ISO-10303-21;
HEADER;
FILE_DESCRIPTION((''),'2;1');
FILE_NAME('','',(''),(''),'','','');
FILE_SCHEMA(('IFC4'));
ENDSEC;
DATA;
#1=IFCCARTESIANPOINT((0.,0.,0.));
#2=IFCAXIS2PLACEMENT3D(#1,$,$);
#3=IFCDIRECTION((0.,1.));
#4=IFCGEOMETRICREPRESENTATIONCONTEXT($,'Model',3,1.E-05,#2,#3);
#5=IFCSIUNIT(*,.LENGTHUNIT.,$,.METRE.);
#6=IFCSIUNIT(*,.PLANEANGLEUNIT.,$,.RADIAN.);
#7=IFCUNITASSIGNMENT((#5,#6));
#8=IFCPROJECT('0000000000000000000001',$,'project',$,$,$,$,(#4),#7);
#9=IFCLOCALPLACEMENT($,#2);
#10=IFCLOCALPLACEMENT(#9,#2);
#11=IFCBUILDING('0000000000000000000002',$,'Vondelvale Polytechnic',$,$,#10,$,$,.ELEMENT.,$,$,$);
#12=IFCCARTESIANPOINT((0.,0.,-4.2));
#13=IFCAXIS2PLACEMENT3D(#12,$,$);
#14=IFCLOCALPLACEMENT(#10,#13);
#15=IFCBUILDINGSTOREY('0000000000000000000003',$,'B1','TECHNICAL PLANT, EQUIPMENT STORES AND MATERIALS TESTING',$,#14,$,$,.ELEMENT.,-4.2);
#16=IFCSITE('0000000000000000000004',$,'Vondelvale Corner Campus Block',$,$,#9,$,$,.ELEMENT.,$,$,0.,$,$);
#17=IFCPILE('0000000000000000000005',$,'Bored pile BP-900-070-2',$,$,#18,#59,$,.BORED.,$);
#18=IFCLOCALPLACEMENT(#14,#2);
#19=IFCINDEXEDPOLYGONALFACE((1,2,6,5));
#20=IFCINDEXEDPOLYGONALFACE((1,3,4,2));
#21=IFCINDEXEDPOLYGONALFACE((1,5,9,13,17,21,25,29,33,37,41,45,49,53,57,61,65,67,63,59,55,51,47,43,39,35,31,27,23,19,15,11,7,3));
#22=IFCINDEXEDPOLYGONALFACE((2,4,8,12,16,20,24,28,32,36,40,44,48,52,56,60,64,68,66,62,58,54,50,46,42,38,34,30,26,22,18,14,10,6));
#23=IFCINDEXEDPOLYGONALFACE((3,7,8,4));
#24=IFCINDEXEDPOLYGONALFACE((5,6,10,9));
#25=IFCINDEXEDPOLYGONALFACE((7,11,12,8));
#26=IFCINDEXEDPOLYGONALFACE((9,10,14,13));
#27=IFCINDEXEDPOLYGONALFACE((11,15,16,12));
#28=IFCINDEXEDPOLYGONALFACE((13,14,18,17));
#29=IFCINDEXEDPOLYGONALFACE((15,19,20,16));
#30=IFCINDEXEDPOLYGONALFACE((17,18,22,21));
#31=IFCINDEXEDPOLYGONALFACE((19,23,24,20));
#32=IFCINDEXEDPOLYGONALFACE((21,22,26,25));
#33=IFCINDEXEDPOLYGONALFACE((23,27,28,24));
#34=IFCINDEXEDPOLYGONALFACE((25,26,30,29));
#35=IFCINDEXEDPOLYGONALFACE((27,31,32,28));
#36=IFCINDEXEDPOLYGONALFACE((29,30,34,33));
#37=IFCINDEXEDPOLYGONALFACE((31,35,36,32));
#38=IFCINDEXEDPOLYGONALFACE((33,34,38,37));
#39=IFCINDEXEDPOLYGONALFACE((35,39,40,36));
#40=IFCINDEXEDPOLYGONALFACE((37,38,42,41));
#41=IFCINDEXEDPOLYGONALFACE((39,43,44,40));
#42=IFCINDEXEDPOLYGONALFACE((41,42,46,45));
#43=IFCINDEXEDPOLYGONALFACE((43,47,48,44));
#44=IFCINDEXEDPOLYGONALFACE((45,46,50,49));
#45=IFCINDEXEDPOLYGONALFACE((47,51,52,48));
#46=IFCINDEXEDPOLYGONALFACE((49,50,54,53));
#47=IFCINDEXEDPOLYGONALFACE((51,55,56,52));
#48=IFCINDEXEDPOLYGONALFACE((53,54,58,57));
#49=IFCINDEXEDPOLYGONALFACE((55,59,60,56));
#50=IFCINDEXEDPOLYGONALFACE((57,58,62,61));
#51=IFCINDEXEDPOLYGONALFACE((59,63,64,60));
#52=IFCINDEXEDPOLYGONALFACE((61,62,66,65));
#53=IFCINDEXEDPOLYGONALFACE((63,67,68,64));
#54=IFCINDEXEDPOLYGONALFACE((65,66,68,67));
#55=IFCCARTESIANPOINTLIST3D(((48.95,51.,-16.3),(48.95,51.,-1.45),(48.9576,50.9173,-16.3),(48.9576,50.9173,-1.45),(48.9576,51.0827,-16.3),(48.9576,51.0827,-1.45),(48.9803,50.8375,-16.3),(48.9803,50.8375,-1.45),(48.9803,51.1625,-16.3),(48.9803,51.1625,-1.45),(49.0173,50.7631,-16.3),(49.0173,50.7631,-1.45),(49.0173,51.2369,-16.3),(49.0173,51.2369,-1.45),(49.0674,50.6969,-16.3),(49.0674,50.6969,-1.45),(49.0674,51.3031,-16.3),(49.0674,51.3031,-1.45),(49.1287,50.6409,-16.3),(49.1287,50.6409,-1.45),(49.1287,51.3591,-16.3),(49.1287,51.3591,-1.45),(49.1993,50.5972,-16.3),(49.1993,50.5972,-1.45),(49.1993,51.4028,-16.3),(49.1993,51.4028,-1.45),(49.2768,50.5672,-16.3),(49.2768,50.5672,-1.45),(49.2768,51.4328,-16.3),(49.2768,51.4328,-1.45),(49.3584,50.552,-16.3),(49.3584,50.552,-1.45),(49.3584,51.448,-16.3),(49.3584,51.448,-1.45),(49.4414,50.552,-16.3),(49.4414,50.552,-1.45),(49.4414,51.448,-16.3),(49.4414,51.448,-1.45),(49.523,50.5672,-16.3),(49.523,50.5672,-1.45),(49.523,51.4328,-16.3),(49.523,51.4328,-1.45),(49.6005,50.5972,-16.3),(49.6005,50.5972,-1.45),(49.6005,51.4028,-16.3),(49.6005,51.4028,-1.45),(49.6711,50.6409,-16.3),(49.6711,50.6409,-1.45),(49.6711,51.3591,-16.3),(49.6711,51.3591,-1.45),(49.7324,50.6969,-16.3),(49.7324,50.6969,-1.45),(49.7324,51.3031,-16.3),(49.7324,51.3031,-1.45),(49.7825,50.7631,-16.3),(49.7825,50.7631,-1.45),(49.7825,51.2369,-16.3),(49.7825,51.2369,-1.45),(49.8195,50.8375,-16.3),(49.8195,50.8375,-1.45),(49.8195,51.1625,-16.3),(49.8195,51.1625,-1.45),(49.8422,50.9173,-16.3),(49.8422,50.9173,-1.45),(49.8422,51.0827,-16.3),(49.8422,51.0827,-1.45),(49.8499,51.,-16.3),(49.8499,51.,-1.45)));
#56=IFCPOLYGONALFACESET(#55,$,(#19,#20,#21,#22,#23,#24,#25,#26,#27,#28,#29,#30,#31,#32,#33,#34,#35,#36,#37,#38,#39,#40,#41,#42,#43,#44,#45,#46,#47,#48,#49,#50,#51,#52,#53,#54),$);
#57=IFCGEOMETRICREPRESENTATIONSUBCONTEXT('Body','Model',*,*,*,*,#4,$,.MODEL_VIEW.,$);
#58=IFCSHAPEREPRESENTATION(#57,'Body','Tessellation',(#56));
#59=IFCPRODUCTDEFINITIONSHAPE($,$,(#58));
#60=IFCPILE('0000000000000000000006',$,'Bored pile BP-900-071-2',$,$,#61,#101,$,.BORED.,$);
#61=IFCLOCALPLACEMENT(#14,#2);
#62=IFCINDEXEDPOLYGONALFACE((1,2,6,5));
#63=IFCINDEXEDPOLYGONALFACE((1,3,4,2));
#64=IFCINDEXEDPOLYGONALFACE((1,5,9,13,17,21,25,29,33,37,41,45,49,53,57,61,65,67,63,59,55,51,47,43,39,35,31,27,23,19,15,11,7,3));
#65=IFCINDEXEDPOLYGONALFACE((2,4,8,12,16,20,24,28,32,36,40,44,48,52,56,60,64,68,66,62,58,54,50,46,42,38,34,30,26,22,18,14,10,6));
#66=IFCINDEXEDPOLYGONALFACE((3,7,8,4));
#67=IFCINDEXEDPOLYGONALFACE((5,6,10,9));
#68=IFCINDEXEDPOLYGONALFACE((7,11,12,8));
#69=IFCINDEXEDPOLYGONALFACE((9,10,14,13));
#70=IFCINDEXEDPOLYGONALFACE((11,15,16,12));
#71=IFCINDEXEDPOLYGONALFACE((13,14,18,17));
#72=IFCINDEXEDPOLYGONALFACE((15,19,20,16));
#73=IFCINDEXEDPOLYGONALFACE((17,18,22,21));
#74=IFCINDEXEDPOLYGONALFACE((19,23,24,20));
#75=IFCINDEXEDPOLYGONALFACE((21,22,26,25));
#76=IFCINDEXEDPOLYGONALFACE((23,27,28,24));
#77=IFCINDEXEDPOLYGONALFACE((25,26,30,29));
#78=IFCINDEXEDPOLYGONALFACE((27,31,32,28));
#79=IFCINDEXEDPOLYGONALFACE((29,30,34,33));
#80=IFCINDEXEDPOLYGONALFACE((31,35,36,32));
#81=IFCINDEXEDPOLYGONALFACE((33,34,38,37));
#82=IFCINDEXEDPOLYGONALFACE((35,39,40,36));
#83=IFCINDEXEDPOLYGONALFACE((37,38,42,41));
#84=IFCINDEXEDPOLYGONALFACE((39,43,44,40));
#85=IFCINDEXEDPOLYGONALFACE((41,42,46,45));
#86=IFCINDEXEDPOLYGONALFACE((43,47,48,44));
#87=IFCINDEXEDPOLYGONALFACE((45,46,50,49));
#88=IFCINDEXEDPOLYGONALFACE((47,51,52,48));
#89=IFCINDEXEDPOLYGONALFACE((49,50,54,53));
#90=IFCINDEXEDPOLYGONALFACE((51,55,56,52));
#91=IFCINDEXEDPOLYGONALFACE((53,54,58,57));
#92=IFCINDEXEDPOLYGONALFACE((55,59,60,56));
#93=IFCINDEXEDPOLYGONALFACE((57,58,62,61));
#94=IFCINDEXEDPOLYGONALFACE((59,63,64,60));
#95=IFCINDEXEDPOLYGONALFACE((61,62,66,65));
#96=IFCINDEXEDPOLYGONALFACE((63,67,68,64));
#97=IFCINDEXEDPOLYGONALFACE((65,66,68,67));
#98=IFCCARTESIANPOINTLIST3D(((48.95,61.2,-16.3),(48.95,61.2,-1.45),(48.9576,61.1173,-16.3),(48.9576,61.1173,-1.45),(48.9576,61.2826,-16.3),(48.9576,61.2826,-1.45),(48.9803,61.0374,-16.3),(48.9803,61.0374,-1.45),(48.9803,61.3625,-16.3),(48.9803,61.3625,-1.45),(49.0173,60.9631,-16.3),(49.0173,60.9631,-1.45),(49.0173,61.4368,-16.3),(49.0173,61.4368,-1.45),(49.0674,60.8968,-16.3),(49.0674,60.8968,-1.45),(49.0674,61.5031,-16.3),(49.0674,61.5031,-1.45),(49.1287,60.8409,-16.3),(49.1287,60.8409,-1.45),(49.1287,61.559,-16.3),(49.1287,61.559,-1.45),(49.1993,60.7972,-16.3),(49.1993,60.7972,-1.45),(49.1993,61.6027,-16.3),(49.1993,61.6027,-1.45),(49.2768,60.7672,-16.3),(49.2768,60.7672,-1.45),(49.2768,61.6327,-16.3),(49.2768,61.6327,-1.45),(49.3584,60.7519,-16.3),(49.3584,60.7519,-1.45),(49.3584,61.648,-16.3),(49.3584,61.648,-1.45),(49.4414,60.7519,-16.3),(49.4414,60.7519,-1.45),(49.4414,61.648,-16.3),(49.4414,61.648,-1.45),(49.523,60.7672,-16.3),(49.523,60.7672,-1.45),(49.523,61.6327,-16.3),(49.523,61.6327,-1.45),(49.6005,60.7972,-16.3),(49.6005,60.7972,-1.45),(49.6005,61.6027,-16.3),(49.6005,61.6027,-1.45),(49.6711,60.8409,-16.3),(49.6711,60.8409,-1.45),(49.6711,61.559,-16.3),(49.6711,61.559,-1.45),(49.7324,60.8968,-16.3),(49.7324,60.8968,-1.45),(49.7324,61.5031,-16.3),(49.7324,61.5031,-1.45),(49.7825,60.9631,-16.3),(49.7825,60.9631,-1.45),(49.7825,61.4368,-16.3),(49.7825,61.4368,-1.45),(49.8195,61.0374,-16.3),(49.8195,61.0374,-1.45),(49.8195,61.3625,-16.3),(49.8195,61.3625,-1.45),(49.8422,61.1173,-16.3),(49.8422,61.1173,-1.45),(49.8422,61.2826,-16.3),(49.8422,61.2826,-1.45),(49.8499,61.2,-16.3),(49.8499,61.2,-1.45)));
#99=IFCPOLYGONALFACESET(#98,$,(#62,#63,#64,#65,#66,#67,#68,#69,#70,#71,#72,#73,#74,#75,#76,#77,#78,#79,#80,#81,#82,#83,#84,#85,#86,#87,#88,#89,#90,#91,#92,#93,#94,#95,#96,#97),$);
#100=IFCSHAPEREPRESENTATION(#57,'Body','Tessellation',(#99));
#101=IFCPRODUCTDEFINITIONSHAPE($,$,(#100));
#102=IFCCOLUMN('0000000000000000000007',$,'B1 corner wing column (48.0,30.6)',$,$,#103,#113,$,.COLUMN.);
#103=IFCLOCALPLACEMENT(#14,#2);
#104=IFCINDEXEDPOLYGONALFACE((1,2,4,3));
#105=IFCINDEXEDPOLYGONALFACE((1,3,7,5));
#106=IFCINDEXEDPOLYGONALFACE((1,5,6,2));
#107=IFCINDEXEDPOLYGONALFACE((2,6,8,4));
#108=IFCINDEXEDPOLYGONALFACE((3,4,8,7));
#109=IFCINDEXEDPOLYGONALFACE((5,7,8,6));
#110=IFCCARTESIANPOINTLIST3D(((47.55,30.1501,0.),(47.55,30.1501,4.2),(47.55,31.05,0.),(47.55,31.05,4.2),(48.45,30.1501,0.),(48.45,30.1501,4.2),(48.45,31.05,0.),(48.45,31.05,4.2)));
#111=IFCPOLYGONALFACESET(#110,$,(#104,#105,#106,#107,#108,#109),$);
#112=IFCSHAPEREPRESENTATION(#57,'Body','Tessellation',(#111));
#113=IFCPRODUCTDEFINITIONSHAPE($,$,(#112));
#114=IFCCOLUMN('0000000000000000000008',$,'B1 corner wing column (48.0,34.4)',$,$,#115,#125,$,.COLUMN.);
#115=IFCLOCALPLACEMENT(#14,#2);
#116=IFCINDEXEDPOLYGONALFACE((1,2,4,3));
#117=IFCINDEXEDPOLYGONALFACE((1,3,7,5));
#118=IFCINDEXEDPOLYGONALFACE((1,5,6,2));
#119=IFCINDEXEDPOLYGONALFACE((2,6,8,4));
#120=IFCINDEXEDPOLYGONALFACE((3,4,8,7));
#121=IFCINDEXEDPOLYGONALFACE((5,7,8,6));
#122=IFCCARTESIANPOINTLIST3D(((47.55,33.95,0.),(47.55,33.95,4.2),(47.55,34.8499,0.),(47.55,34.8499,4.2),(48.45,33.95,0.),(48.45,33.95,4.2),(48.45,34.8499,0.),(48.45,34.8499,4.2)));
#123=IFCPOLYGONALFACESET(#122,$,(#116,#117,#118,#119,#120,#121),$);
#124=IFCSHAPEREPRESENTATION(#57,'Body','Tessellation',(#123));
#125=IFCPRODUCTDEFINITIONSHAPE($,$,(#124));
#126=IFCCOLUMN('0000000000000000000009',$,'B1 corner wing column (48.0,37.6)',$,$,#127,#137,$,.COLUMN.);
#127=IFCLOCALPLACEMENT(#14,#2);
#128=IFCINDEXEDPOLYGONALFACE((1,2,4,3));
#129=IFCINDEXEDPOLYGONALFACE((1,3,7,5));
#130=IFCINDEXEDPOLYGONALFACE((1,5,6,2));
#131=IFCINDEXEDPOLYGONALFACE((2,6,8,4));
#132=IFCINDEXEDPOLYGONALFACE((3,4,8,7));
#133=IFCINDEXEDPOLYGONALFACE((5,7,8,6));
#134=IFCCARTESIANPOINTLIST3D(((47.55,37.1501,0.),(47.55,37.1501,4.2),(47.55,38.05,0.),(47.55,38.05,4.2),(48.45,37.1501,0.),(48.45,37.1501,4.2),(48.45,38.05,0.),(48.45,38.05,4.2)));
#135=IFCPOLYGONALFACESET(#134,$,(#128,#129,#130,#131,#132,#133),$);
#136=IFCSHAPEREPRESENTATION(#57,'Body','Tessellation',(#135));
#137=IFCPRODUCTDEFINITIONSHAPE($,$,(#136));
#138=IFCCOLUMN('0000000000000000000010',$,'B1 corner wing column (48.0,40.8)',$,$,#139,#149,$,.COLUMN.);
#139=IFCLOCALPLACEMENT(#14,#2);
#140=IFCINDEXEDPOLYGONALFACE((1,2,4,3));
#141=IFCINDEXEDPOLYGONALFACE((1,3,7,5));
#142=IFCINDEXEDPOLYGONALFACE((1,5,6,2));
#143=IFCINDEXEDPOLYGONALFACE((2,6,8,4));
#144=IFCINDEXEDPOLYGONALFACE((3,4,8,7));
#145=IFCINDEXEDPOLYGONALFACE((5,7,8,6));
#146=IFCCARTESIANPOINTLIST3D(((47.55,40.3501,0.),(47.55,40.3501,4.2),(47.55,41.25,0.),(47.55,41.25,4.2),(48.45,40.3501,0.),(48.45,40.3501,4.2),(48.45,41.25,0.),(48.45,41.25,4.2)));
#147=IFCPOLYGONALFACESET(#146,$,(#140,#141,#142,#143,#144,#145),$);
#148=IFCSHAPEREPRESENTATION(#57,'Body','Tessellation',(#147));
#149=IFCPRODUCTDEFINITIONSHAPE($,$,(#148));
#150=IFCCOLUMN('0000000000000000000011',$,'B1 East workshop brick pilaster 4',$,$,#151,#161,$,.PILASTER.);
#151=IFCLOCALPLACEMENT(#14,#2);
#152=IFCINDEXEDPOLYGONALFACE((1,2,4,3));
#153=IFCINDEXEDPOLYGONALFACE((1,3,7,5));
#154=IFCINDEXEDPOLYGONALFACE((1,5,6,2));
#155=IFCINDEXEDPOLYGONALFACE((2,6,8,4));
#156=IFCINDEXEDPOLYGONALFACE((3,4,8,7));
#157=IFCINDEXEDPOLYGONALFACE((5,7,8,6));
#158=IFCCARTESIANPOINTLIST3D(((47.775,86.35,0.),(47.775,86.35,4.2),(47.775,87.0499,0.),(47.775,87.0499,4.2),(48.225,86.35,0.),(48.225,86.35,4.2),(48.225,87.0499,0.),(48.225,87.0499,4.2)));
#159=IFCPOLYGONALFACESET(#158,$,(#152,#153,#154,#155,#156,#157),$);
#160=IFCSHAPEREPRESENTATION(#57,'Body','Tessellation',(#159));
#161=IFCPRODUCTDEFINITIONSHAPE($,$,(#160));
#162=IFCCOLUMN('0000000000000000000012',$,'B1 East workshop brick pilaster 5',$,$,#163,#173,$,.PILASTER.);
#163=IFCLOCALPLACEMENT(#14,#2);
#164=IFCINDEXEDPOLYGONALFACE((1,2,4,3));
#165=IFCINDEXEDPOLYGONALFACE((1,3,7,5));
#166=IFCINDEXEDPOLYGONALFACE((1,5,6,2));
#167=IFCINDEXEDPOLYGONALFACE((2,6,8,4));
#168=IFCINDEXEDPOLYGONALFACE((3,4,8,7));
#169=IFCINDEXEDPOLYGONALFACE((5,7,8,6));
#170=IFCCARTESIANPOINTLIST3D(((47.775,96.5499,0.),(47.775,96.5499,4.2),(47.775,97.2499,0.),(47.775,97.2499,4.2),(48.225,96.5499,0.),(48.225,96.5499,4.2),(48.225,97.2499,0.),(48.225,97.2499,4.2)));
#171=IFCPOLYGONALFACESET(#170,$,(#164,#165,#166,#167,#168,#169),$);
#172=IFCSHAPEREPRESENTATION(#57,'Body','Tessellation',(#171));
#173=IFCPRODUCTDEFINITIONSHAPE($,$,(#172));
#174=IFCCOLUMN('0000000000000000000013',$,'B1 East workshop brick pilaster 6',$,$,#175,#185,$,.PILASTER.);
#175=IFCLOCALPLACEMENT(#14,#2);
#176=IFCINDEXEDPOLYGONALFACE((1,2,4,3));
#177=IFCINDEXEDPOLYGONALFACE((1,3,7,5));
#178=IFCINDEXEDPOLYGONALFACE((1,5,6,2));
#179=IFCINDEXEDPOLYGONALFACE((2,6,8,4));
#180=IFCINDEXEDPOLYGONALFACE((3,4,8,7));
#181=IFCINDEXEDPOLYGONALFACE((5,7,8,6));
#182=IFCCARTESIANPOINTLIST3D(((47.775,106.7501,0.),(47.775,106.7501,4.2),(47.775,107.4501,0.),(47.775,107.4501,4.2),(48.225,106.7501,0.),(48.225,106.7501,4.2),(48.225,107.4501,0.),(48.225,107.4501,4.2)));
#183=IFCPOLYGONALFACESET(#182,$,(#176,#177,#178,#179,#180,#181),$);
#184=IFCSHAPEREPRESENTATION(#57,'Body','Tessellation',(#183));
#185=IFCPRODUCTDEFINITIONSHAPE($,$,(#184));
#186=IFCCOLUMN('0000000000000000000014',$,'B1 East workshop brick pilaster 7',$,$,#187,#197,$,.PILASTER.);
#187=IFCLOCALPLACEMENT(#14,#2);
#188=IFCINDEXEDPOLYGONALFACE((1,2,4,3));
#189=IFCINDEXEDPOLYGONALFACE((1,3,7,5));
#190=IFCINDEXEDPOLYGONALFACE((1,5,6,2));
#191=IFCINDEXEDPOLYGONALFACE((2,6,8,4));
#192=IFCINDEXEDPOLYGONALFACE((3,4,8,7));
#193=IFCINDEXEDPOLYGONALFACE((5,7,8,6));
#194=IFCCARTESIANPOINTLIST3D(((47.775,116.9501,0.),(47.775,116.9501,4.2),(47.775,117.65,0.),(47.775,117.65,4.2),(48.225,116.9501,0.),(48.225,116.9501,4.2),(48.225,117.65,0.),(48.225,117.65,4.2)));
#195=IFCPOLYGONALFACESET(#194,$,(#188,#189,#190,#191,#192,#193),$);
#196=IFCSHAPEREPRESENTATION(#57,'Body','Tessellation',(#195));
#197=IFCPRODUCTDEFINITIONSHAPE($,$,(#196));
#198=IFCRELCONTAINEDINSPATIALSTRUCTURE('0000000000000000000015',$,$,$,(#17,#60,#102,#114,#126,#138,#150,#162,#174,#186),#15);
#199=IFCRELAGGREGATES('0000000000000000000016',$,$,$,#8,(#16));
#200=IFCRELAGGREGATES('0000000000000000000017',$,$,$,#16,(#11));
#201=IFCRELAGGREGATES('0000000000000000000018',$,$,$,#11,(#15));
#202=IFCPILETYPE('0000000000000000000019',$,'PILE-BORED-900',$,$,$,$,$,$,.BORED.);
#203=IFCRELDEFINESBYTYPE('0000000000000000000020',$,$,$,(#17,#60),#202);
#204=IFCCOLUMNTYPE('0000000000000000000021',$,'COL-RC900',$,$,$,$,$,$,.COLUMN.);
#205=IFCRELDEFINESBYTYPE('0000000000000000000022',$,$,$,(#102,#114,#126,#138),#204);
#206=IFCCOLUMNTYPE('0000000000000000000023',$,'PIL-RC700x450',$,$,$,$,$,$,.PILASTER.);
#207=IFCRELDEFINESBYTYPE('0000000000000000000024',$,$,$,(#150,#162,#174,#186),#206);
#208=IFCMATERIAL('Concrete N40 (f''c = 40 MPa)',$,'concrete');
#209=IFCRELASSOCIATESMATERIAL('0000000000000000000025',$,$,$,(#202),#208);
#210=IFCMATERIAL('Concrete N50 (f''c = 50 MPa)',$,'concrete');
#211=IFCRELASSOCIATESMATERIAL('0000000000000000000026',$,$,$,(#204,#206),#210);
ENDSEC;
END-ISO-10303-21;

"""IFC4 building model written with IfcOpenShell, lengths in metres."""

from ifc_helpers import new_model, si_unit, direction, frame, origin, origin_2d, place, context, subcontext, project, spatial, rectangle, circle, extrude, material, material_profile, profile_set, type_object, element, save


model = new_model("IFC4")

# Units and contexts
model_context = context("Model", 3, precision=1e-05, world=origin(), true_north=direction((0.0, 1.0)))
body_context = subcontext(model_context, "Body", "Model", "MODEL_VIEW")
ifc_project = project(units=[si_unit("LENGTHUNIT", "METRE"), si_unit("PLANEANGLEUNIT", "RADIAN")], contexts=[model_context])

# Site, building, storey
site_placement = place(None, origin())
site = spatial("IfcSite", under=ifc_project, at=site_placement, Name="Vondelvale Corner Campus Block", CompositionType="ELEMENT", RefElevation=0.0)
building_placement = place(site_placement, origin())
building = spatial("IfcBuilding", under=site, at=building_placement, Name="Vondelvale Polytechnic", CompositionType="ELEMENT")
storey_placement = place(building_placement, frame((0.0, 0.0, -4.2)))
storey = spatial("IfcBuildingStorey", under=building, at=storey_placement, Name="B1", Description="TECHNICAL PLANT, EQUIPMENT STORES AND MATERIALS TESTING", CompositionType="ELEMENT", Elevation=-4.2)

# Shared definitions
ifc_material_1 = material(Name="Concrete N40 (f'c = 40 MPa)", Category="concrete")

# Piles
ifc_material_profile_1 = material_profile(ifc_material_1, circle(Radius=0.45, at=origin_2d()), Name="PILE-D900")
ifc_profile_set_1 = profile_set([ifc_material_profile_1], Name="Concrete N40 (f'c = 40 MPa)")
pile_type_1 = type_object("IfcPileType", Name="PILE-BORED-900", PredefinedType="BORED", material=ifc_profile_set_1)
for number, where, z_axis, x_axis, name in (
    (1, (49.3999, 51.0, -1.45), (0.0, 0.0, -1.0), (1.0, 0.0, 0.0), "Bored pile BP-900-070-2"),
    (2, (49.3999, 61.2, -1.45), (0.0, 0.0, -1.0), (1.0, 0.0, 0.0), "Bored pile BP-900-071-2"),
):
    element("IfcPile", number, at=place(storey_placement, frame(where, z_axis=z_axis, x_axis=x_axis)), inside=storey, type_object=pile_type_1, Name=name, PredefinedType="BORED", context=body_context, shape_type="SweptSolid", body=[
        extrude(circle(Radius=0.45, at=origin_2d()), origin(), (0.0, 0.0, 1.0), 14.8501),
    ])

# Columns
ifc_material_2 = material(Name="Concrete N50 (f'c = 50 MPa)", Category="concrete")
ifc_material_profile_2 = material_profile(ifc_material_2, rectangle(XDim=0.8999, YDim=0.8999, at=origin_2d()), Name="RC-COL-900x900")
ifc_profile_set_2 = profile_set([ifc_material_profile_2], Name="Concrete N50 (f'c = 50 MPa)")
column_type_1 = type_object("IfcColumnType", Name="COL-RC900", PredefinedType="COLUMN", material=ifc_profile_set_2)
for number, where, z_axis, x_axis, name in (
    (3, (48.0, 30.6001, 0.0), (0.0, 0.0, 1.0), (1.0, 0.0, 0.0), "B1 corner wing column (48.0,30.6)"),
    (4, (48.0, 34.3999, 0.0), (0.0, 0.0, 1.0), (1.0, 0.0, 0.0), "B1 corner wing column (48.0,34.4)"),
    (5, (48.0, 37.6001, 0.0), (0.0, 0.0, 1.0), (1.0, 0.0, 0.0), "B1 corner wing column (48.0,37.6)"),
    (6, (48.0, 40.8, 0.0), (0.0, 0.0, 1.0), (1.0, 0.0, 0.0), "B1 corner wing column (48.0,40.8)"),
):
    element("IfcColumn", number, at=place(storey_placement, frame(where, z_axis=z_axis, x_axis=x_axis)), inside=storey, type_object=column_type_1, Name=name, PredefinedType="COLUMN", context=body_context, shape_type="SweptSolid", body=[
        extrude(rectangle(XDim=0.8999, YDim=0.8999, at=origin_2d()), origin(), (0.0, 0.0, 1.0), 4.2),
    ])
ifc_material_profile_3 = material_profile(ifc_material_2, rectangle(XDim=0.45, YDim=0.7, at=origin_2d()), Name="RC-PIL-700x450")
ifc_profile_set_3 = profile_set([ifc_material_profile_3], Name="Concrete N50 (f'c = 50 MPa)")
column_type_2 = type_object("IfcColumnType", Name="PIL-RC700x450", PredefinedType="PILASTER", material=ifc_profile_set_3)
for number, where, z_axis, x_axis, name in (
    (7, (48.0, 86.7, 0.0), (0.0, 0.0, 1.0), (1.0, 0.0, 0.0), "B1 East workshop brick pilaster 4"),
    (8, (48.0, 96.8999, 0.0), (0.0, 0.0, 1.0), (1.0, 0.0, 0.0), "B1 East workshop brick pilaster 5"),
    (9, (48.0, 107.1001, 0.0), (0.0, 0.0, 1.0), (1.0, 0.0, 0.0), "B1 East workshop brick pilaster 6"),
    (10, (48.0, 117.3, 0.0), (0.0, 0.0, 1.0), (1.0, 0.0, 0.0), "B1 East workshop brick pilaster 7"),
):
    element("IfcColumn", number, at=place(storey_placement, frame(where, z_axis=z_axis, x_axis=x_axis)), inside=storey, type_object=column_type_2, Name=name, PredefinedType="PILASTER", context=body_context, shape_type="SweptSolid", body=[
        extrude(rectangle(XDim=0.45, YDim=0.7, at=origin_2d()), origin(), (0.0, 0.0, 1.0), 4.2),
    ])

save(model, "model.ifc")
